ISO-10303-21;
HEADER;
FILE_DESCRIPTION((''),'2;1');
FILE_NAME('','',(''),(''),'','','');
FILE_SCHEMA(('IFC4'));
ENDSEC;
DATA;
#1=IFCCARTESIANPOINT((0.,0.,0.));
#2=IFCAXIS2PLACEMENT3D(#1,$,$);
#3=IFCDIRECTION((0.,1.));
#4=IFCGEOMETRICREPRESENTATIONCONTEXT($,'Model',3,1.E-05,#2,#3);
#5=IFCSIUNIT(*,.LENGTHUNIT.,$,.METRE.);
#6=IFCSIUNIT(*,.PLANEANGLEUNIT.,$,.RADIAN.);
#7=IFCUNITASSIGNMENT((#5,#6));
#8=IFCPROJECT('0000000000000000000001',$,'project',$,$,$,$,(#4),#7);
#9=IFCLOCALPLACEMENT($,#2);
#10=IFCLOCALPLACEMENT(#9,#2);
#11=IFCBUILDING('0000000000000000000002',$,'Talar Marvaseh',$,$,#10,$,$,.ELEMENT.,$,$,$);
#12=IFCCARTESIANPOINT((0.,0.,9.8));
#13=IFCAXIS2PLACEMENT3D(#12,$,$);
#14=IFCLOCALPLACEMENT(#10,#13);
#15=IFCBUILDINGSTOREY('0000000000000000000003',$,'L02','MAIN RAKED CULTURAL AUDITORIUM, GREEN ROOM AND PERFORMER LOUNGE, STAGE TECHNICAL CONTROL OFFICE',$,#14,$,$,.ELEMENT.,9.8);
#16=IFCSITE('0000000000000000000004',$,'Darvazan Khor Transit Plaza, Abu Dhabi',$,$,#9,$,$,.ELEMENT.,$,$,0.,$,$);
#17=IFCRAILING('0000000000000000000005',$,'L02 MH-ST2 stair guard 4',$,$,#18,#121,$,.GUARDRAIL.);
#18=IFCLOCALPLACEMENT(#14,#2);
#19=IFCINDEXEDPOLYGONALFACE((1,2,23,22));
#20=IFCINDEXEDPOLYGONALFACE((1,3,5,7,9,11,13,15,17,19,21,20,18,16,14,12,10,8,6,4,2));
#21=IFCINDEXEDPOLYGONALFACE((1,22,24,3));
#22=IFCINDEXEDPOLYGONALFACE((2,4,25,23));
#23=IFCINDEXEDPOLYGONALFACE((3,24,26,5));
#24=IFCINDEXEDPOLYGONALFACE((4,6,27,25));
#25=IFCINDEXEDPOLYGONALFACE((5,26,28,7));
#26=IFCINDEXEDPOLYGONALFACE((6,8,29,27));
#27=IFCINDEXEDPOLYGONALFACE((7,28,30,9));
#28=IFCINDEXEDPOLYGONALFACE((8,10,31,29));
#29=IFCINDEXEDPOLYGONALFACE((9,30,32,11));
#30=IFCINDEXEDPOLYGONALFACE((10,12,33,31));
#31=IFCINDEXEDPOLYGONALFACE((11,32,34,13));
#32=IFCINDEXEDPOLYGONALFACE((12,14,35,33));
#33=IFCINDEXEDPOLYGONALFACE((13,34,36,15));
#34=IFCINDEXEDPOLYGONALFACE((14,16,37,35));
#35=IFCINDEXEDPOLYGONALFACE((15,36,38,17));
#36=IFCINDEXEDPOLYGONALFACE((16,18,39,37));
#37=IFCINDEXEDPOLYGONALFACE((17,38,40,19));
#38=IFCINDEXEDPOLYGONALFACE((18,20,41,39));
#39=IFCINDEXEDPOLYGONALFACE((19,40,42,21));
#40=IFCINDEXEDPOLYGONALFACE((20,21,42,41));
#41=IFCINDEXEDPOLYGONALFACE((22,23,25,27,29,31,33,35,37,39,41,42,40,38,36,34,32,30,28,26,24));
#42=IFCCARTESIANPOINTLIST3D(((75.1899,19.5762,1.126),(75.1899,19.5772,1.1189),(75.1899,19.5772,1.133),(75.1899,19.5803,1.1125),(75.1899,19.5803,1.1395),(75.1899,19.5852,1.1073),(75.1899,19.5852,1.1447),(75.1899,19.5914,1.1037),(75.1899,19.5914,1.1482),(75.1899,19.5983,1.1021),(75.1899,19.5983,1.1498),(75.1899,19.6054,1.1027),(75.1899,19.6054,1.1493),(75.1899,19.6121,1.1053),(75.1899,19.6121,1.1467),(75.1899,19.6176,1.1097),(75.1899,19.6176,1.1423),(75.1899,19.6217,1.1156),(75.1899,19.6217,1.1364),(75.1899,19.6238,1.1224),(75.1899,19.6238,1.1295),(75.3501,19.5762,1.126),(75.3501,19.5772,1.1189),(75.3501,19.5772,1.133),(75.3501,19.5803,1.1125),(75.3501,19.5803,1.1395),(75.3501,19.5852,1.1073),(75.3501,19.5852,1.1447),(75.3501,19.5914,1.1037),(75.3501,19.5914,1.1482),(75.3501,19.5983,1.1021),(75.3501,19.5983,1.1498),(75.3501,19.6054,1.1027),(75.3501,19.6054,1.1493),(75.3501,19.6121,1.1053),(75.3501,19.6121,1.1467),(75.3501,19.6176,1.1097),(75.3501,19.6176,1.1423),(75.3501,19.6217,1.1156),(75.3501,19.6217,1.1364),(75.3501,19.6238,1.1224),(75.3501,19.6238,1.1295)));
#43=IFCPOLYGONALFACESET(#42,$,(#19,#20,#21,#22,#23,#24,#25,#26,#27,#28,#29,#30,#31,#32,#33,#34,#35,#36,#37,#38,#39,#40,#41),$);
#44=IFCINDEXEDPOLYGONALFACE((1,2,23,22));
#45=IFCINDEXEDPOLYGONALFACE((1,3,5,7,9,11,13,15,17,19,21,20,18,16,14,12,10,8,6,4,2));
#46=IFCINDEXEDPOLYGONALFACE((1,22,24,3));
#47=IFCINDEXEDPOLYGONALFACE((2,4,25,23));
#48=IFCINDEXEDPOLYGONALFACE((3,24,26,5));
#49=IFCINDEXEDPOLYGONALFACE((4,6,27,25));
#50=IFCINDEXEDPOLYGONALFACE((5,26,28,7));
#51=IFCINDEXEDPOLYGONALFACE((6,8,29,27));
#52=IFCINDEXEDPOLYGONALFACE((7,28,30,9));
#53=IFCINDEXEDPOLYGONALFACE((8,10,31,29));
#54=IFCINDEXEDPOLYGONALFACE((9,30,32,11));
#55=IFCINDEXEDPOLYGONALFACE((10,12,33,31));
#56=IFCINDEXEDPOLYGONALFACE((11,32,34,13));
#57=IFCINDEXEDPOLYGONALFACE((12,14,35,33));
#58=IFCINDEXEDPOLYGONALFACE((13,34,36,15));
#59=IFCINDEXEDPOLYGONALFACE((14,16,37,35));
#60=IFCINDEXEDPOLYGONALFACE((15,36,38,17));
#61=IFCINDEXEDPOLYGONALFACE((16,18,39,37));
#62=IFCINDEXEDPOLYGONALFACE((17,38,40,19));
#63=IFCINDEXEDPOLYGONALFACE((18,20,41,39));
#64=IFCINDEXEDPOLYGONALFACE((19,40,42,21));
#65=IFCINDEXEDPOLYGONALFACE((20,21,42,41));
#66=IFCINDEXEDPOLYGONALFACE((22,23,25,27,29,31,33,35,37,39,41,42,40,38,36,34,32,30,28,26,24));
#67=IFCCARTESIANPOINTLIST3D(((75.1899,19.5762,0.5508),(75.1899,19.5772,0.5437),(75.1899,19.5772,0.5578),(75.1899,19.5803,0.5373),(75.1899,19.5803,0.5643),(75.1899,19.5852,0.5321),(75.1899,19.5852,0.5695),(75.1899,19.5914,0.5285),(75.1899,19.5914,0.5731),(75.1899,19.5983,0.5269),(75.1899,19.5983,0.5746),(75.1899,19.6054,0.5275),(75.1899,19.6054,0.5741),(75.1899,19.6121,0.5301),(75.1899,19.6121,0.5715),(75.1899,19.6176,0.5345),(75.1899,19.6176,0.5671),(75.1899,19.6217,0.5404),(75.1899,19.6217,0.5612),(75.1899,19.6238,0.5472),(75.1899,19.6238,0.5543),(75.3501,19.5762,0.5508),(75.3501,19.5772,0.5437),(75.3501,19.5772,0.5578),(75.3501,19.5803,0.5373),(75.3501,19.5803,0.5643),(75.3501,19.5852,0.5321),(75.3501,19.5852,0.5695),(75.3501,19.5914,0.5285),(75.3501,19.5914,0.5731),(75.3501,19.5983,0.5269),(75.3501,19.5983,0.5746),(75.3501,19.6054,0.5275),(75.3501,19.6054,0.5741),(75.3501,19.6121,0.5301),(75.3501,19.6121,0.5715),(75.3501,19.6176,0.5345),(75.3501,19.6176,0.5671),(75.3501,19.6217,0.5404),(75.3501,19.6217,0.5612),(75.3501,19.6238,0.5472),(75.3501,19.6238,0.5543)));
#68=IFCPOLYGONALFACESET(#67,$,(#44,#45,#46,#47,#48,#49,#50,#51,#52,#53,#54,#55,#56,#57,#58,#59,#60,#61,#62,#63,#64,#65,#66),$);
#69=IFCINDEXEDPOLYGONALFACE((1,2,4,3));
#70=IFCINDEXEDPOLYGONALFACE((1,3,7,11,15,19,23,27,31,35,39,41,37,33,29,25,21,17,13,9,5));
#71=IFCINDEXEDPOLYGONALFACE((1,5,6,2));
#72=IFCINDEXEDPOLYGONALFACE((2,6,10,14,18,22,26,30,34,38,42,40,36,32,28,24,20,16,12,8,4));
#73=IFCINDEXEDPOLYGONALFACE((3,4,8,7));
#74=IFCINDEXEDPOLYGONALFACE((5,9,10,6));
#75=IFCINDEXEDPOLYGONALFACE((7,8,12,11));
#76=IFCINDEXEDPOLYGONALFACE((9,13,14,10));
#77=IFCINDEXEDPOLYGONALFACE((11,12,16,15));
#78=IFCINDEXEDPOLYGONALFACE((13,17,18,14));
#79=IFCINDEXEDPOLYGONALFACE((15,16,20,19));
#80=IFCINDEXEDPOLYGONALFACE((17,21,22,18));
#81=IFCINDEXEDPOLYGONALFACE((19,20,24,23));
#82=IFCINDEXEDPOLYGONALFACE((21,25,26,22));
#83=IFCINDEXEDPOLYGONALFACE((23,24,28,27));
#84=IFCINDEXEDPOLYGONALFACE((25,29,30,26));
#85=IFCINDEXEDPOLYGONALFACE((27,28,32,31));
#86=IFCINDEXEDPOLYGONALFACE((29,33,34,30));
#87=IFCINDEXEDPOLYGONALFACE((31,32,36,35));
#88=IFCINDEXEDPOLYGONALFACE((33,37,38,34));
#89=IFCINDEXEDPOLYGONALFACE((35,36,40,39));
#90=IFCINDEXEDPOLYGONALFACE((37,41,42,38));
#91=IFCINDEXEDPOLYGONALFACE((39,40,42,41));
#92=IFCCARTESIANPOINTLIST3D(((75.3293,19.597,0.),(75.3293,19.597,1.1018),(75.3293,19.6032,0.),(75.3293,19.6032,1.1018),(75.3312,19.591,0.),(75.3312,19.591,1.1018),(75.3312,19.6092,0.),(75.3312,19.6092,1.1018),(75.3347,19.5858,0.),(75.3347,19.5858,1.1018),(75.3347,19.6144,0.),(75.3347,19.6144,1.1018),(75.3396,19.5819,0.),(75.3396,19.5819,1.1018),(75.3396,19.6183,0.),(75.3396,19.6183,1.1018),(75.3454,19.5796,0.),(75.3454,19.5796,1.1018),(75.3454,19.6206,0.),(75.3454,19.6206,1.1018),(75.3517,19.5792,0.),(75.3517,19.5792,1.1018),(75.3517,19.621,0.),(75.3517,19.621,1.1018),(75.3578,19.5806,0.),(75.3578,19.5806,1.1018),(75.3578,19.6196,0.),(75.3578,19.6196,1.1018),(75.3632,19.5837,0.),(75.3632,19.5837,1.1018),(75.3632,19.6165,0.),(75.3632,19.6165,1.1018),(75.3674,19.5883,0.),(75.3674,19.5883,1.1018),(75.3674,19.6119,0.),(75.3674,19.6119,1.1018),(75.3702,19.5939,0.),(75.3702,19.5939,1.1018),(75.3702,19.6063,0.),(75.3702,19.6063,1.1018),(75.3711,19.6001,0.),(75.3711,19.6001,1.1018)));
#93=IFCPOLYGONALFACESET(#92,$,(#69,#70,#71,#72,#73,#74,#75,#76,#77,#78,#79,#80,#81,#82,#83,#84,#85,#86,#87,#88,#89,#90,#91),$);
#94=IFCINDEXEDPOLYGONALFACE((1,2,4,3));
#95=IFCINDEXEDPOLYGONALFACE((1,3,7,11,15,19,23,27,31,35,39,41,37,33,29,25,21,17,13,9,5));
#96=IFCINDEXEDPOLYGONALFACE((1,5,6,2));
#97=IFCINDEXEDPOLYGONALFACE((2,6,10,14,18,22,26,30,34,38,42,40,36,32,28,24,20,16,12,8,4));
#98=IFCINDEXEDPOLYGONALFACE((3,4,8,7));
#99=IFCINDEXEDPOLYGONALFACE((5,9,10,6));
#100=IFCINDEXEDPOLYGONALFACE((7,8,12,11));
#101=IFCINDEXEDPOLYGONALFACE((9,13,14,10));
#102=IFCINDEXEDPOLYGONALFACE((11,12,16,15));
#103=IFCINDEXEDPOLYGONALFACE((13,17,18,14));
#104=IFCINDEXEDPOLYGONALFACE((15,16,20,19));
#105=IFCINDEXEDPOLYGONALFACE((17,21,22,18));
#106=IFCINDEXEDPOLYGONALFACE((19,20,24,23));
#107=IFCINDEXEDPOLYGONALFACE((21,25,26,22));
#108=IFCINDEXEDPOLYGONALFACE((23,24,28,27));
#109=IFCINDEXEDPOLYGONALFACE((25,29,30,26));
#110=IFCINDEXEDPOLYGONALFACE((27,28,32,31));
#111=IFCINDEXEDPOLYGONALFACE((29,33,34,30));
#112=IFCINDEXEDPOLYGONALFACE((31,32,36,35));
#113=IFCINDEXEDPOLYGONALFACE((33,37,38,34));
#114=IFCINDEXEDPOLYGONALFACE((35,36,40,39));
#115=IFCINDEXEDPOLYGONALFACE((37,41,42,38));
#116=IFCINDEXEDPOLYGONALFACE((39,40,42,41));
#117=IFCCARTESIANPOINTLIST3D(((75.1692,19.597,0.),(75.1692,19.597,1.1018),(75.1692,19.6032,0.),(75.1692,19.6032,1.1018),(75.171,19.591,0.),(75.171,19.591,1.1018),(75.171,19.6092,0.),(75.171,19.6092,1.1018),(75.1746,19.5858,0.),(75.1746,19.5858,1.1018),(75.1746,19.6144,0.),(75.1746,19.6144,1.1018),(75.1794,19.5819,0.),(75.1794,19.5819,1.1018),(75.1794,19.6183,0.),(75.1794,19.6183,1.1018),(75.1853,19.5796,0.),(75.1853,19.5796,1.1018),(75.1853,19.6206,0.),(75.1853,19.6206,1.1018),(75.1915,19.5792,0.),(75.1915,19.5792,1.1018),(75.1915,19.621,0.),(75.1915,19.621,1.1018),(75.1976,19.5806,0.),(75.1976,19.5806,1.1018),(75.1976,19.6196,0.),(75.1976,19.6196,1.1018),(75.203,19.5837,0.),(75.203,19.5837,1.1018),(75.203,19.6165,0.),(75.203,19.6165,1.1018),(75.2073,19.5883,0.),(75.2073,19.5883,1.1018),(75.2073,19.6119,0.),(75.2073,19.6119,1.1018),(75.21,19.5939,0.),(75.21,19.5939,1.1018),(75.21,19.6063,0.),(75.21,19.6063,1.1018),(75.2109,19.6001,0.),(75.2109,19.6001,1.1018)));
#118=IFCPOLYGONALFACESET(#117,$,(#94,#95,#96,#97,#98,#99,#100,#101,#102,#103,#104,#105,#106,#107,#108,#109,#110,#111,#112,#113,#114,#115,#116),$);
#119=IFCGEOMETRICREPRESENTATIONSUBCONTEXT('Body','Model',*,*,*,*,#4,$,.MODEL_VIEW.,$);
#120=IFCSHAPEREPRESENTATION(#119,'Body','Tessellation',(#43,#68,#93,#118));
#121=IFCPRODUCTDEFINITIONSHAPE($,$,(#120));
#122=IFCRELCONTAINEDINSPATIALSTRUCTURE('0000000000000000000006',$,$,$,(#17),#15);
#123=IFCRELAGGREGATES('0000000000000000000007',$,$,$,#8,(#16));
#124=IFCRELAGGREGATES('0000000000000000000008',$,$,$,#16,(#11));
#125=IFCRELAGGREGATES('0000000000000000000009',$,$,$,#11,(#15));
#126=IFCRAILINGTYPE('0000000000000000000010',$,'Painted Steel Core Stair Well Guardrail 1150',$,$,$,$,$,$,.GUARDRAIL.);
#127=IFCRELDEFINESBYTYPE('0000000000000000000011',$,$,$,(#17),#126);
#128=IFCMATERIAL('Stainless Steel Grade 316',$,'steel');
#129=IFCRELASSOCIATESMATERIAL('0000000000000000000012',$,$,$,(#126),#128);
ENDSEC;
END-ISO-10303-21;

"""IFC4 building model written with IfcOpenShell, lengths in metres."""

from ifc_helpers import new_model, si_unit, direction, frame, origin, origin_2d, place, context, subcontext, project, spatial, circle, extrude, material, type_object, element, save


model = new_model("IFC4")

# Units and contexts
model_context = context("Model", 3, precision=1e-05, world=origin(), true_north=direction((0.0, 1.0)))
body_context = subcontext(model_context, "Body", "Model", "MODEL_VIEW")
ifc_project = project(units=[si_unit("LENGTHUNIT", "METRE"), si_unit("PLANEANGLEUNIT", "RADIAN")], contexts=[model_context])

# Site, building, storey
site_placement = place(None, origin())
site = spatial("IfcSite", under=ifc_project, at=site_placement, Name="Darvazan Khor Transit Plaza, Abu Dhabi", CompositionType="ELEMENT", RefElevation=0.0)
building_placement = place(site_placement, origin())
building = spatial("IfcBuilding", under=site, at=building_placement, Name="Talar Marvaseh", CompositionType="ELEMENT")
storey_placement = place(building_placement, frame((0.0, 0.0, 9.8)))
storey = spatial("IfcBuildingStorey", under=building, at=storey_placement, Name="L02", Description="MAIN RAKED CULTURAL AUDITORIUM, GREEN ROOM AND PERFORMER LOUNGE, STAGE TECHNICAL CONTROL OFFICE", CompositionType="ELEMENT", Elevation=9.8)

# Railing
ifc_material_1 = material(Name="Stainless Steel Grade 316", Category="steel")
railing_type_1 = type_object("IfcRailingType", Name="Painted Steel Core Stair Well Guardrail 1150", PredefinedType="GUARDRAIL", material=ifc_material_1)
railing_1_placement = place(storey_placement, frame((75.3501, 19.6001, 0.0)))
element("IfcRailing", 1, at=railing_1_placement, inside=storey, type_object=railing_type_1, Name="L02 MH-ST2 stair guard 4", PredefinedType="GUARDRAIL", context=body_context, shape_type="SweptSolid", body=[
    extrude(circle(Radius=0.0239, at=origin_2d()), frame((0.0, 0.0, 1.126), z_axis=(-1.0, 0.0, 0.0), x_axis=(0.0, -1.0, 0.0)), (0.0, 0.0, 1.0), 0.1602),
    extrude(circle(Radius=0.0239, at=origin_2d()), frame((0.0, 0.0, 0.5508), z_axis=(-1.0, 0.0, 0.0), x_axis=(0.0, -1.0, 0.0)), (0.0, 0.0, 1.0), 0.1602),
    extrude(circle(Radius=0.021, at=origin_2d()), origin(), (0.0, 0.0, 1.0), 1.1018),
    extrude(circle(Radius=0.021, at=origin_2d()), frame((-0.1602, 0.0, 0.0)), (0.0, 0.0, 1.0), 1.1018),
])

save(model, "model.ifc")
